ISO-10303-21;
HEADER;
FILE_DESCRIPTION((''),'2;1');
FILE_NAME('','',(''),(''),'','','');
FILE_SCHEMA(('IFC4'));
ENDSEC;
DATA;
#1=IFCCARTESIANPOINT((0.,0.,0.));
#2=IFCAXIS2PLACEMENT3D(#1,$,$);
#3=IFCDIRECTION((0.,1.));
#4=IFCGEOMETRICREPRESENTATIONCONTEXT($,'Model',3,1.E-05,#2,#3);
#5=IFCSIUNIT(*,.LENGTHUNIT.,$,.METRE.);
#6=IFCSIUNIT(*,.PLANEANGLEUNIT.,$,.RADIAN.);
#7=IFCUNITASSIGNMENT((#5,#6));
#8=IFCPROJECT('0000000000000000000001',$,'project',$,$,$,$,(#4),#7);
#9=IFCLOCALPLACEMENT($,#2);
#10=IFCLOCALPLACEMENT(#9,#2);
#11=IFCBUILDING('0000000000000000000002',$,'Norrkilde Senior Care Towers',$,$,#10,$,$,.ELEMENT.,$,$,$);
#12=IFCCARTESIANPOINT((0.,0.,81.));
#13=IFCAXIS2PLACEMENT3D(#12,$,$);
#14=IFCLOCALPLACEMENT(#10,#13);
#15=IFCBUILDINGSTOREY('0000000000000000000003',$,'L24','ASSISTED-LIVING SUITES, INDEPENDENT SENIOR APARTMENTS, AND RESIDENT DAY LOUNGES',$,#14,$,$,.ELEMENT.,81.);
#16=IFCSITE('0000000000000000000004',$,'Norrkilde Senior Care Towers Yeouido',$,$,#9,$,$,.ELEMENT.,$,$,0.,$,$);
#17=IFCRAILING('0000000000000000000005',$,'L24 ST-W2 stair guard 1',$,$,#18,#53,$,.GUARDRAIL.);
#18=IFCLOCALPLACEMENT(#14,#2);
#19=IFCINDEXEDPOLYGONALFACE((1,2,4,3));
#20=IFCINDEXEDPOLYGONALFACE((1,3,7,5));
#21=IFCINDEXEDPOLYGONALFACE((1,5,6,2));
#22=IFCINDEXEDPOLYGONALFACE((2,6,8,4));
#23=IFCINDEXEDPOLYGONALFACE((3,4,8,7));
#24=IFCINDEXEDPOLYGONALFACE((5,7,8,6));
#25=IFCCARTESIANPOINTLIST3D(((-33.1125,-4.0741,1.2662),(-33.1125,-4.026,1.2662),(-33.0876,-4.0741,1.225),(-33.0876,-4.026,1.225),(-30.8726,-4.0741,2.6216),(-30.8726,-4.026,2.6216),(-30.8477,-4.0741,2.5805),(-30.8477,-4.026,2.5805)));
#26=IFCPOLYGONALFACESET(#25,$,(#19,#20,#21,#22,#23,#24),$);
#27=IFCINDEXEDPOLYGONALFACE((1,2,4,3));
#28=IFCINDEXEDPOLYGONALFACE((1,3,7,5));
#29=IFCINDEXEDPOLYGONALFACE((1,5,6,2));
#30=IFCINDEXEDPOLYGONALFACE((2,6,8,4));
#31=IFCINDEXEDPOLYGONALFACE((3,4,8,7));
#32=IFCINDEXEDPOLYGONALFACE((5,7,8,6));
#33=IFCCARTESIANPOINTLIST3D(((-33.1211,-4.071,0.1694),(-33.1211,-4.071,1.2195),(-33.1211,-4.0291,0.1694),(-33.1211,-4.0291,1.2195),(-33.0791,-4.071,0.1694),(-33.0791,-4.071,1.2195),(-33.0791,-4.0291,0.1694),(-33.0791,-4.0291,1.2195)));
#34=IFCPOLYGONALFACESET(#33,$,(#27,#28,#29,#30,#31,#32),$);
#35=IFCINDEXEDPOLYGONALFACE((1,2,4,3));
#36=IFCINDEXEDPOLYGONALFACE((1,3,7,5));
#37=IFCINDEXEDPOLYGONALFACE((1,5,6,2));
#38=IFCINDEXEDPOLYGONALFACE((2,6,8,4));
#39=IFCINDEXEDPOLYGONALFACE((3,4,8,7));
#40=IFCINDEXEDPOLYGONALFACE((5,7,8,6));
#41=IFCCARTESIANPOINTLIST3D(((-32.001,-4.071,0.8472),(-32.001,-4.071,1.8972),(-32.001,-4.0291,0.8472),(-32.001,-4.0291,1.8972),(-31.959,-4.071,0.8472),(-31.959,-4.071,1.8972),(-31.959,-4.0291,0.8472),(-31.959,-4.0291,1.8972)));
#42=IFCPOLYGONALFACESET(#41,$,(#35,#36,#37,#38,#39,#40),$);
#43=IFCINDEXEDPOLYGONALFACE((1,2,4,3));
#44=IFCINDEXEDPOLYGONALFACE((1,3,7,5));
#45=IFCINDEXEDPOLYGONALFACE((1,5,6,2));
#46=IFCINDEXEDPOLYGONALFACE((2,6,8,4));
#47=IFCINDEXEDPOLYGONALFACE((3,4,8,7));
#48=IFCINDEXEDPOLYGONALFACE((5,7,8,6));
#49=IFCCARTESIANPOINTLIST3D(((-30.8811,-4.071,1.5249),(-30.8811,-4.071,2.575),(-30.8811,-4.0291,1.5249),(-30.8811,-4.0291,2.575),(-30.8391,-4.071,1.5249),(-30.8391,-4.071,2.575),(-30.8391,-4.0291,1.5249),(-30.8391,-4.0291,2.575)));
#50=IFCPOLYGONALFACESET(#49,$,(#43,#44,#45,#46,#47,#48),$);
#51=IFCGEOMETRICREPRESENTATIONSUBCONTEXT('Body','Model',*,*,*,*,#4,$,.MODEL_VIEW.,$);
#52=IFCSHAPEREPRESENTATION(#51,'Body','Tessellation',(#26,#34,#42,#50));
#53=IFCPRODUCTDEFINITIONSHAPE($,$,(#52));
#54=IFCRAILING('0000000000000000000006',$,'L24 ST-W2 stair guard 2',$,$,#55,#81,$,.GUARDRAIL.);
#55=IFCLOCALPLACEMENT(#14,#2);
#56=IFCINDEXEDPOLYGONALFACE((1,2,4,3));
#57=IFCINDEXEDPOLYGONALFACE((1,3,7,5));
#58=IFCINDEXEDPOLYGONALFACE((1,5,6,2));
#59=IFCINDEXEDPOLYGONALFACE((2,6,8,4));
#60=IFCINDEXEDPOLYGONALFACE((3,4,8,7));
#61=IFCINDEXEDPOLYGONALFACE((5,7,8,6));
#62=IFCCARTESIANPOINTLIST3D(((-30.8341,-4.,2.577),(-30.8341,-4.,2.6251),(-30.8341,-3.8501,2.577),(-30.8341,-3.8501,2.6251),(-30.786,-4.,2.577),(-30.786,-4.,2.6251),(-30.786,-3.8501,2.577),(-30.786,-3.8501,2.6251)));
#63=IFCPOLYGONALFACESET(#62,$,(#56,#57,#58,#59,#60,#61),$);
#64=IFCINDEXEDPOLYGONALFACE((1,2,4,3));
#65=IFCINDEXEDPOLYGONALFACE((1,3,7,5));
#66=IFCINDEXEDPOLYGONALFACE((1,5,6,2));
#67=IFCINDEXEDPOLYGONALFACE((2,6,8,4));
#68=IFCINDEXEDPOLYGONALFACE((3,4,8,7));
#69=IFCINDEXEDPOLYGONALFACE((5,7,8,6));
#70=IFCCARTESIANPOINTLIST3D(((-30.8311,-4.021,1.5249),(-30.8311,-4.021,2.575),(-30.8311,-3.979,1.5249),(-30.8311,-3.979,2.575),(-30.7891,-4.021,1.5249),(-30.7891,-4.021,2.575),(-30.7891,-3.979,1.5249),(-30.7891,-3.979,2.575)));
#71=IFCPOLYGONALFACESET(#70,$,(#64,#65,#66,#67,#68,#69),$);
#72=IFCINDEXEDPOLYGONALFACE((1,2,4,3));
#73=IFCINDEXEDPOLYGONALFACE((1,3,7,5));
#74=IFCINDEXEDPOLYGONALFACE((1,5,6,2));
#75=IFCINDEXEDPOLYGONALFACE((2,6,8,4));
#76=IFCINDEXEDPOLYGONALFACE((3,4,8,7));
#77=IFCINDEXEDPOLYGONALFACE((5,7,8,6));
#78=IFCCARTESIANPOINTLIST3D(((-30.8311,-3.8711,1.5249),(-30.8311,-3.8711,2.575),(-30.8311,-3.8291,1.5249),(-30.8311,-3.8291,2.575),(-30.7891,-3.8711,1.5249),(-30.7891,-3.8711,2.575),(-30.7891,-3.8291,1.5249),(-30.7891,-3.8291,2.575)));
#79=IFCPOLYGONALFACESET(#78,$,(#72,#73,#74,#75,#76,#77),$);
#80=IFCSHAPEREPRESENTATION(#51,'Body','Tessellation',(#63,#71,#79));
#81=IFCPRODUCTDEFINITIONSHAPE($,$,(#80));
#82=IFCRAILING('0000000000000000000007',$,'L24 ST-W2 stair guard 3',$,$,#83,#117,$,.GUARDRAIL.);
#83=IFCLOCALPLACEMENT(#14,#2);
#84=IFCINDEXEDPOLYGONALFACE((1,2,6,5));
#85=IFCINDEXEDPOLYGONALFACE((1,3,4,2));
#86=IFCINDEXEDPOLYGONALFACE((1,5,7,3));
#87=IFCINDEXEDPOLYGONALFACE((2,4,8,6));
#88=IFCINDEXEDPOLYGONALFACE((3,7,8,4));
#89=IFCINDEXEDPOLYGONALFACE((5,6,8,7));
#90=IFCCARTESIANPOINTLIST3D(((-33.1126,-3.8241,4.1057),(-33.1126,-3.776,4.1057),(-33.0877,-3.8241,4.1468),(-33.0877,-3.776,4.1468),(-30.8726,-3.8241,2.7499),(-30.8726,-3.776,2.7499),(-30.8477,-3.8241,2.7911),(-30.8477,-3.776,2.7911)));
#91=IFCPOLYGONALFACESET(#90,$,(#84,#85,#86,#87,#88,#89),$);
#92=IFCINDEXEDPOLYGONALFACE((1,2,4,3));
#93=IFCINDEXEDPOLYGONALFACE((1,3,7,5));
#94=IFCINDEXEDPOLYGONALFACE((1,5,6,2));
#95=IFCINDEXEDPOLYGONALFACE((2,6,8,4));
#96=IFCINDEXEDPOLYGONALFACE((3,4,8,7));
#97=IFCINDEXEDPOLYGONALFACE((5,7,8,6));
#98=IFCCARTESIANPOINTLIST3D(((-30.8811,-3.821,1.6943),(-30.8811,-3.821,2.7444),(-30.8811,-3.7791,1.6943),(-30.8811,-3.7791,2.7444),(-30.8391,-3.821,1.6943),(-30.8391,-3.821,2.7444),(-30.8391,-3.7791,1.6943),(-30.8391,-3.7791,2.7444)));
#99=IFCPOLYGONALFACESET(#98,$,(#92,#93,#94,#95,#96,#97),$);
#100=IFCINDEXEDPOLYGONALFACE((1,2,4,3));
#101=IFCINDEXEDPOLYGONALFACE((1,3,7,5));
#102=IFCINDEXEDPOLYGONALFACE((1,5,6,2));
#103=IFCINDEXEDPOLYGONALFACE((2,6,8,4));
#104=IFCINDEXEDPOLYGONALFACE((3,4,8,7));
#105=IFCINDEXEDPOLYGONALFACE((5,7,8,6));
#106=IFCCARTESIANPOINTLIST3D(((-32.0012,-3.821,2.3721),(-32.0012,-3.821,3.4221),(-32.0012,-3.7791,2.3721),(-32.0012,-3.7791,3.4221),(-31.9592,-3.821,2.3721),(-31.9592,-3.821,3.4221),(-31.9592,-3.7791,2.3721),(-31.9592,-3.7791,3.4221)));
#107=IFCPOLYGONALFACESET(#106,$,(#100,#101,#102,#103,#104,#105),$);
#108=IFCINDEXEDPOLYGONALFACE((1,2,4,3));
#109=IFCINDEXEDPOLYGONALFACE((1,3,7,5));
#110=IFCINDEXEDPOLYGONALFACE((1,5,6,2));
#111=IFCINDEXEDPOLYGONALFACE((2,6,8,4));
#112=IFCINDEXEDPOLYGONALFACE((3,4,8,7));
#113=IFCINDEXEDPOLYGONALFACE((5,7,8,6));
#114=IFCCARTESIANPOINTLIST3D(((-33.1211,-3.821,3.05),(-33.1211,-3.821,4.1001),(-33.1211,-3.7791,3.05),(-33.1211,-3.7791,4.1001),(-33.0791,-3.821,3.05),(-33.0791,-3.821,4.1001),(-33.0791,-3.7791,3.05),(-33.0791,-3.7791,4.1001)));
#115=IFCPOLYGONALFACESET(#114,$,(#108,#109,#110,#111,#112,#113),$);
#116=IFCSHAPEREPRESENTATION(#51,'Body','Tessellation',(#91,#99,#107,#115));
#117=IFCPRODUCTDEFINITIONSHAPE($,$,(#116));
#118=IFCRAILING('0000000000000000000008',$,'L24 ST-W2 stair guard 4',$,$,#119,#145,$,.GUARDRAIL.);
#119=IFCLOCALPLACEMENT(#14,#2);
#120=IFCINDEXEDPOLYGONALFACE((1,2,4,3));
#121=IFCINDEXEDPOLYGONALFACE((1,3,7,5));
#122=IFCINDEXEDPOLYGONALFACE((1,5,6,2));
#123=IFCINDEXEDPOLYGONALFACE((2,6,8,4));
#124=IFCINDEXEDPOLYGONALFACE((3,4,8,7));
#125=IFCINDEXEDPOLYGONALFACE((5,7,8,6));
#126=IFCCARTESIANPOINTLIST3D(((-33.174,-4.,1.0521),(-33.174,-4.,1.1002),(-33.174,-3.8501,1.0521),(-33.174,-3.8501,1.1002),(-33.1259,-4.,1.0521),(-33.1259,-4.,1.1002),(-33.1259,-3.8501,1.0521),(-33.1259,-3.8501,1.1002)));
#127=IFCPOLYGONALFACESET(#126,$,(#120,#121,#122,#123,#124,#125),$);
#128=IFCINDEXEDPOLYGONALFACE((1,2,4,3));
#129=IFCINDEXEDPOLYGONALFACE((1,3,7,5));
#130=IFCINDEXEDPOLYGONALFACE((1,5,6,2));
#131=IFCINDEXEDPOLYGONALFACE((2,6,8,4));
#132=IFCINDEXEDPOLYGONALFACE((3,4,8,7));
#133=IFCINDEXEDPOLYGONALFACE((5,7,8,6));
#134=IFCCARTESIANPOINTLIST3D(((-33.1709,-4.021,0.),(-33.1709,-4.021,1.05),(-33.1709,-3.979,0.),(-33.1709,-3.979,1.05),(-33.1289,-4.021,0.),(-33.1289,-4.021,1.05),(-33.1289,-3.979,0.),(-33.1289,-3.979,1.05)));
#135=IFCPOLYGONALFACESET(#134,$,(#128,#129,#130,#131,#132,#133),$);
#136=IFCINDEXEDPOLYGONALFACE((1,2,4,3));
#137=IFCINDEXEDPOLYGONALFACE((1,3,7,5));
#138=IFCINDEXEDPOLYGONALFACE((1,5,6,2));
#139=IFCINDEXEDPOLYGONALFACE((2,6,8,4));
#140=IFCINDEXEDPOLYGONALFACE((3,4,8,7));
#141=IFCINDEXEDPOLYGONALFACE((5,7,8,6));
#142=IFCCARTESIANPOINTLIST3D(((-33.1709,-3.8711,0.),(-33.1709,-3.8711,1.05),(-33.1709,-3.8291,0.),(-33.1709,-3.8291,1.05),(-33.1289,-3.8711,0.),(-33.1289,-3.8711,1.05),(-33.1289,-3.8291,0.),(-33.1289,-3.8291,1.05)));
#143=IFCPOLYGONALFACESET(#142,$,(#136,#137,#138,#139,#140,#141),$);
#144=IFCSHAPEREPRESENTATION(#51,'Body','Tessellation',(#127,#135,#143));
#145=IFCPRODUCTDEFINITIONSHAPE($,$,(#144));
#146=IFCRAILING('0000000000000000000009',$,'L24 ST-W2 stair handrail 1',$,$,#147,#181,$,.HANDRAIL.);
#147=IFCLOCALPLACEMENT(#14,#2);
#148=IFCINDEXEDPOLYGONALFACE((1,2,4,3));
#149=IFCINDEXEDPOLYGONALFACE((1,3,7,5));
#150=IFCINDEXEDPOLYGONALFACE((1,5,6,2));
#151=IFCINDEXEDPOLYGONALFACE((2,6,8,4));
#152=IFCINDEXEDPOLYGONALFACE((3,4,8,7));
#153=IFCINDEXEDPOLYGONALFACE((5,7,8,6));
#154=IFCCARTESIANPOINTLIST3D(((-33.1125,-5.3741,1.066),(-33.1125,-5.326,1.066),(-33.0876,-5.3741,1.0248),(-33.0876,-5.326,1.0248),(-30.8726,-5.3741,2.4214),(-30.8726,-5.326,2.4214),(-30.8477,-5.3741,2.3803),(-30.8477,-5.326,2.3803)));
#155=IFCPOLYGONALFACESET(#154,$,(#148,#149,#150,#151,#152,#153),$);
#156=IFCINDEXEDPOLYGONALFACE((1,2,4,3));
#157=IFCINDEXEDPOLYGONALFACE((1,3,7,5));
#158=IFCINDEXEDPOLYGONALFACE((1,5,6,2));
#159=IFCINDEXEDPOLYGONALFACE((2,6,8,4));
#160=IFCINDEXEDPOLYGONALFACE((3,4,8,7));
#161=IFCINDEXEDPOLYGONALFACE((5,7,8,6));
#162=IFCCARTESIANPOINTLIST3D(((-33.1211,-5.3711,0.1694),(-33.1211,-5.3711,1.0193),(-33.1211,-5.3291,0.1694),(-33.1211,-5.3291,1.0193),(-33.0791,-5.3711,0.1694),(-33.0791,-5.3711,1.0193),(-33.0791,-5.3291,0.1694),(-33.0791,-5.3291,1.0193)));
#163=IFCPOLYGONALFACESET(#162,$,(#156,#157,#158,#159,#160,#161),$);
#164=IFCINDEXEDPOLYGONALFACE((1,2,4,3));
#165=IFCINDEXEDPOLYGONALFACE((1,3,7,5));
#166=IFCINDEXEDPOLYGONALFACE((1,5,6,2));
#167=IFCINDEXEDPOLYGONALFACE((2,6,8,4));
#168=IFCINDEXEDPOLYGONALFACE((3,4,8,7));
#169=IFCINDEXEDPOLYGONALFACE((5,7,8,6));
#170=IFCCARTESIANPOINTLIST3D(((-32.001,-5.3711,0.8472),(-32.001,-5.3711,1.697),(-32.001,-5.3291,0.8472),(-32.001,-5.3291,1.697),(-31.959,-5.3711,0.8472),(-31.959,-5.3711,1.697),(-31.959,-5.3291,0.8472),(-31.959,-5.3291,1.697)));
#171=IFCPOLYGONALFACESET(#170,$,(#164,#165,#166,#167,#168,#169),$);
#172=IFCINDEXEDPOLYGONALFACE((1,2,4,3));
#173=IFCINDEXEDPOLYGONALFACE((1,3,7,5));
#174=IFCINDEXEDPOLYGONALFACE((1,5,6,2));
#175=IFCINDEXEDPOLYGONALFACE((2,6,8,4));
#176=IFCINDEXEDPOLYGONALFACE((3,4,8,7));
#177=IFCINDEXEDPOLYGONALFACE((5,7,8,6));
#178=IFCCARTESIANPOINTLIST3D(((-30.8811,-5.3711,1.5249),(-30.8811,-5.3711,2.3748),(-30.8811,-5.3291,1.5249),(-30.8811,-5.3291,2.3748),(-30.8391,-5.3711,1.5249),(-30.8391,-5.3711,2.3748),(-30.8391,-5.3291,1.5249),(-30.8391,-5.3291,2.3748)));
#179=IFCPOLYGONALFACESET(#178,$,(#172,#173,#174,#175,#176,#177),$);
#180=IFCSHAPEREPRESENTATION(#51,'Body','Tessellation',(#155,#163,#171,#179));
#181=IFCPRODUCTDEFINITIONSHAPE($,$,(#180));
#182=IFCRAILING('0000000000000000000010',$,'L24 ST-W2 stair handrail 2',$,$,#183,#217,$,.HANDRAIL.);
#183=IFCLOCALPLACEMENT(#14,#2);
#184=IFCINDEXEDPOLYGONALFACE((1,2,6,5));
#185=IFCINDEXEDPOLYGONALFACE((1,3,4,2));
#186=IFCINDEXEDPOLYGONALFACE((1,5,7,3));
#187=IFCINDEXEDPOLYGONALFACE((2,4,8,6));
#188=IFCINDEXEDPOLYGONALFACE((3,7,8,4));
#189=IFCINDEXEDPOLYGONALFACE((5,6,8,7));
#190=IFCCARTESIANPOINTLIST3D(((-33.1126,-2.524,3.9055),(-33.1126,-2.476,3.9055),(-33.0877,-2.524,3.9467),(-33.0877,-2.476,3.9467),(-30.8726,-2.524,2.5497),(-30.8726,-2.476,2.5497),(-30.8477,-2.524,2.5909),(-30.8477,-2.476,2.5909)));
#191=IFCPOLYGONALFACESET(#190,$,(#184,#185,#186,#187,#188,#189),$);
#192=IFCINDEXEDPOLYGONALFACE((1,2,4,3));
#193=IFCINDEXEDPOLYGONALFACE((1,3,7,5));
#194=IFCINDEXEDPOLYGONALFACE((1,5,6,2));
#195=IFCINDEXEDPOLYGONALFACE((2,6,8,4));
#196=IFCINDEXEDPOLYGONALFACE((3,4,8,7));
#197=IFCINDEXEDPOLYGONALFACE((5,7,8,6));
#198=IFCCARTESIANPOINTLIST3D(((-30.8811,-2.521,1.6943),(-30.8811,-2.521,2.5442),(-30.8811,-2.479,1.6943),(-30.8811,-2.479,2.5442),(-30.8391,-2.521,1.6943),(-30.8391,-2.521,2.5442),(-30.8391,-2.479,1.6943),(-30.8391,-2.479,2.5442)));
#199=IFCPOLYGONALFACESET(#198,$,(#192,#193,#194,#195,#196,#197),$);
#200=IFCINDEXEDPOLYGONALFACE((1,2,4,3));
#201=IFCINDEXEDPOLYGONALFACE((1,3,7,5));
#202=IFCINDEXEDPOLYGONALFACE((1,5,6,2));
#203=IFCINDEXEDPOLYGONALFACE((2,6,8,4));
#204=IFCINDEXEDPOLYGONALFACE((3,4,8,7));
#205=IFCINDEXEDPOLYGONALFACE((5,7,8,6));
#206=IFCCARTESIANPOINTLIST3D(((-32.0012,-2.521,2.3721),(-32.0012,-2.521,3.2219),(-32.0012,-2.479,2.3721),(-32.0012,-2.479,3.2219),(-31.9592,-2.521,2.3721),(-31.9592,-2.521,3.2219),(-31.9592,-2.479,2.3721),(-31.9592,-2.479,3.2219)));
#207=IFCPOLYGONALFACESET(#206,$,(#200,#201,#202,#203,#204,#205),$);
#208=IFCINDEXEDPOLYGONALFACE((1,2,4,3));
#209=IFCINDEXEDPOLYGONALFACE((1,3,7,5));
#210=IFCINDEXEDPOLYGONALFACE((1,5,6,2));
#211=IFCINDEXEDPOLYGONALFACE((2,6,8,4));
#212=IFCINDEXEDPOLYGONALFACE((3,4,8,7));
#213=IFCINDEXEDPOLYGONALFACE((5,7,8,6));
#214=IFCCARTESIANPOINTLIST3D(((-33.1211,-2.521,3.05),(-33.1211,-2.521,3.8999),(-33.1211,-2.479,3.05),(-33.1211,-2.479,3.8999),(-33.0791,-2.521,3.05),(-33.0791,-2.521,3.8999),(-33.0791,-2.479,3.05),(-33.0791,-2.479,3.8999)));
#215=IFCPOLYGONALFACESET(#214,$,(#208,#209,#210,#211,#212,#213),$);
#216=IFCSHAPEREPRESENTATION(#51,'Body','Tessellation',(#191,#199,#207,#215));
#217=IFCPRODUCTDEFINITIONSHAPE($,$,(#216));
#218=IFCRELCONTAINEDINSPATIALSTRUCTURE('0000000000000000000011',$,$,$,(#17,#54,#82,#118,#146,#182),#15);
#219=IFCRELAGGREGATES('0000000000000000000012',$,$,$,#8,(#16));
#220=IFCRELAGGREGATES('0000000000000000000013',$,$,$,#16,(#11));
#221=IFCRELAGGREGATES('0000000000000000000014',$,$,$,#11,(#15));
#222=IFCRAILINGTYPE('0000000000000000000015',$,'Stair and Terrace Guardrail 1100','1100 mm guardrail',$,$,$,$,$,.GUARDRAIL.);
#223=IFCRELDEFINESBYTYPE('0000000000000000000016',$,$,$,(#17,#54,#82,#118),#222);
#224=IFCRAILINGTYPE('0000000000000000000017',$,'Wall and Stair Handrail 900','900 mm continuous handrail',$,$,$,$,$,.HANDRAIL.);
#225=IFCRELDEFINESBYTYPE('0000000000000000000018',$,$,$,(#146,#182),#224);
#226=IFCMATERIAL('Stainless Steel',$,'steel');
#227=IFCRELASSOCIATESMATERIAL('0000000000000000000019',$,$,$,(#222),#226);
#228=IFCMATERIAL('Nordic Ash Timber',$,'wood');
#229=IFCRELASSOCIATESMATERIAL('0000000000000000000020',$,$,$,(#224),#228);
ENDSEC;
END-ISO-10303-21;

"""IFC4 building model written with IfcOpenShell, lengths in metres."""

from ifc_helpers import new_model, si_unit, direction, frame, origin, origin_2d, place, context, subcontext, project, spatial, rectangle, extrude, material, type_object, element, save


model = new_model("IFC4")

# Units and contexts
model_context = context("Model", 3, precision=1e-05, world=origin(), true_north=direction((0.0, 1.0)))
body_context = subcontext(model_context, "Body", "Model", "MODEL_VIEW")
ifc_project = project(units=[si_unit("LENGTHUNIT", "METRE"), si_unit("PLANEANGLEUNIT", "RADIAN")], contexts=[model_context])

# Site, building, storey
site_placement = place(None, origin())
site = spatial("IfcSite", under=ifc_project, at=site_placement, Name="Norrkilde Senior Care Towers Yeouido", CompositionType="ELEMENT", RefElevation=0.0)
building_placement = place(site_placement, origin())
building = spatial("IfcBuilding", under=site, at=building_placement, Name="Norrkilde Senior Care Towers", CompositionType="ELEMENT")
storey_placement = place(building_placement, frame((0.0, 0.0, 81.0)))
storey = spatial("IfcBuildingStorey", under=building, at=storey_placement, Name="L24", Description="ASSISTED-LIVING SUITES, INDEPENDENT SENIOR APARTMENTS, AND RESIDENT DAY LOUNGES", CompositionType="ELEMENT", Elevation=81.0)

# Railings
ifc_material_1 = material(Name="Stainless Steel", Category="steel")
railing_type_1 = type_object("IfcRailingType", Name="Stair and Terrace Guardrail 1100", Description="1100 mm guardrail", PredefinedType="GUARDRAIL", material=ifc_material_1)
railing_1_placement = place(storey_placement, frame((-33.1001, -4.05, 0.1694)))
element("IfcRailing", 1, at=railing_1_placement, inside=storey, type_object=railing_type_1, Name="L24 ST-W2 stair guard 1", PredefinedType="GUARDRAIL", context=body_context, shape_type="SweptSolid", body=[
    extrude(rectangle(XDim=0.0481, YDim=0.0481, at=origin_2d()), frame((0.0, 0.0, 1.0762), z_axis=(0.855553, 0.0, 0.517715), x_axis=(0.0, 1.0, 0.0)), (0.0, 0.0, 1.0), 2.6182),
    extrude(rectangle(XDim=0.042, YDim=0.042, at=origin_2d()), origin(), (0.0, 0.0, 1.0), 1.05),
    extrude(rectangle(XDim=0.042, YDim=0.042, at=origin_2d()), frame((1.1201, 0.0, 0.6777)), (0.0, 0.0, 1.0), 1.05),
    extrude(rectangle(XDim=0.042, YDim=0.042, at=origin_2d()), frame((2.24, 0.0, 1.3555)), (0.0, 0.0, 1.0), 1.05),
])
railing_2_placement = place(storey_placement, frame((-30.8101, -4.0, 1.5249)))
element("IfcRailing", 2, at=railing_2_placement, inside=storey, type_object=railing_type_1, Name="L24 ST-W2 stair guard 2", PredefinedType="GUARDRAIL", context=body_context, shape_type="SweptSolid", body=[
    extrude(rectangle(XDim=0.0481, YDim=0.0481, at=origin_2d()), frame((0.0, 0.0, 1.0762), z_axis=(0.0, 1.0, 0.0), x_axis=(-1.0, 0.0, 0.0)), (0.0, 0.0, 1.0), 0.1499),
    extrude(rectangle(XDim=0.042, YDim=0.042, at=origin_2d()), origin(), (0.0, 0.0, 1.0), 1.05),
    extrude(rectangle(XDim=0.042, YDim=0.042, at=origin_2d()), frame((0.0, 0.1499, 0.0)), (0.0, 0.0, 1.0), 1.05),
])
railing_3_placement = place(storey_placement, frame((-30.8601, -3.8, 1.6943)))
element("IfcRailing", 3, at=railing_3_placement, inside=storey, type_object=railing_type_1, Name="L24 ST-W2 stair guard 3", PredefinedType="GUARDRAIL", context=body_context, shape_type="SweptSolid", body=[
    extrude(rectangle(XDim=0.0481, YDim=0.0481, at=origin_2d()), frame((0.0, 0.0, 1.0762), z_axis=(-0.855512, 0.0, 0.517783), x_axis=(0.0, -1.0, 0.0)), (0.0, 0.0, 1.0), 2.6184),
    extrude(rectangle(XDim=0.042, YDim=0.042, at=origin_2d()), origin(), (0.0, 0.0, 1.0), 1.05),
    extrude(rectangle(XDim=0.042, YDim=0.042, at=origin_2d()), frame((-1.1201, 0.0, 0.6777)), (0.0, 0.0, 1.0), 1.05),
    extrude(rectangle(XDim=0.042, YDim=0.042, at=origin_2d()), frame((-2.24, 0.0, 1.3557)), (0.0, 0.0, 1.0), 1.05),
])
railing_4_placement = place(storey_placement, frame((-33.1499, -4.0, 0.0)))
element("IfcRailing", 4, at=railing_4_placement, inside=storey, type_object=railing_type_1, Name="L24 ST-W2 stair guard 4", PredefinedType="GUARDRAIL", context=body_context, shape_type="SweptSolid", body=[
    extrude(rectangle(XDim=0.0481, YDim=0.0481, at=origin_2d()), frame((0.0, 0.0, 1.0762), z_axis=(0.0, 1.0, 0.0), x_axis=(-1.0, 0.0, 0.0)), (0.0, 0.0, 1.0), 0.1499),
    extrude(rectangle(XDim=0.042, YDim=0.042, at=origin_2d()), origin(), (0.0, 0.0, 1.0), 1.05),
    extrude(rectangle(XDim=0.042, YDim=0.042, at=origin_2d()), frame((0.0, 0.1499, 0.0)), (0.0, 0.0, 1.0), 1.05),
])
ifc_material_2 = material(Name="Nordic Ash Timber", Category="wood")
railing_type_2 = type_object("IfcRailingType", Name="Wall and Stair Handrail 900", Description="900 mm continuous handrail", PredefinedType="HANDRAIL", material=ifc_material_2)
railing_5_placement = place(storey_placement, frame((-33.1001, -5.3501, 0.1694)))
element("IfcRailing", 5, at=railing_5_placement, inside=storey, type_object=railing_type_2, Name="L24 ST-W2 stair handrail 1", PredefinedType="HANDRAIL", context=body_context, shape_type="SweptSolid", body=[
    extrude(rectangle(XDim=0.0481, YDim=0.0481, at=origin_2d()), frame((0.0, 0.0, 0.876), z_axis=(0.855553, 0.0, 0.517715), x_axis=(0.0, 1.0, 0.0)), (0.0, 0.0, 1.0), 2.6182),
    extrude(rectangle(XDim=0.042, YDim=0.042, at=origin_2d()), origin(), (0.0, 0.0, 1.0), 0.8499),
    extrude(rectangle(XDim=0.042, YDim=0.042, at=origin_2d()), frame((1.1201, 0.0, 0.6777)), (0.0, 0.0, 1.0), 0.8499),
    extrude(rectangle(XDim=0.042, YDim=0.042, at=origin_2d()), frame((2.24, 0.0, 1.3555)), (0.0, 0.0, 1.0), 0.8499),
])
railing_6_placement = place(storey_placement, frame((-30.8601, -2.5, 1.6943)))
element("IfcRailing", 6, at=railing_6_placement, inside=storey, type_object=railing_type_2, Name="L24 ST-W2 stair handrail 2", PredefinedType="HANDRAIL", context=body_context, shape_type="SweptSolid", body=[
    extrude(rectangle(XDim=0.0481, YDim=0.0481, at=origin_2d()), frame((0.0, 0.0, 0.876), z_axis=(-0.855512, 0.0, 0.517783), x_axis=(0.0, -1.0, 0.0)), (0.0, 0.0, 1.0), 2.6184),
    extrude(rectangle(XDim=0.042, YDim=0.042, at=origin_2d()), origin(), (0.0, 0.0, 1.0), 0.8499),
    extrude(rectangle(XDim=0.042, YDim=0.042, at=origin_2d()), frame((-1.1201, 0.0, 0.6777)), (0.0, 0.0, 1.0), 0.8499),
    extrude(rectangle(XDim=0.042, YDim=0.042, at=origin_2d()), frame((-2.24, 0.0, 1.3557)), (0.0, 0.0, 1.0), 0.8499),
])

save(model, "model.ifc")
